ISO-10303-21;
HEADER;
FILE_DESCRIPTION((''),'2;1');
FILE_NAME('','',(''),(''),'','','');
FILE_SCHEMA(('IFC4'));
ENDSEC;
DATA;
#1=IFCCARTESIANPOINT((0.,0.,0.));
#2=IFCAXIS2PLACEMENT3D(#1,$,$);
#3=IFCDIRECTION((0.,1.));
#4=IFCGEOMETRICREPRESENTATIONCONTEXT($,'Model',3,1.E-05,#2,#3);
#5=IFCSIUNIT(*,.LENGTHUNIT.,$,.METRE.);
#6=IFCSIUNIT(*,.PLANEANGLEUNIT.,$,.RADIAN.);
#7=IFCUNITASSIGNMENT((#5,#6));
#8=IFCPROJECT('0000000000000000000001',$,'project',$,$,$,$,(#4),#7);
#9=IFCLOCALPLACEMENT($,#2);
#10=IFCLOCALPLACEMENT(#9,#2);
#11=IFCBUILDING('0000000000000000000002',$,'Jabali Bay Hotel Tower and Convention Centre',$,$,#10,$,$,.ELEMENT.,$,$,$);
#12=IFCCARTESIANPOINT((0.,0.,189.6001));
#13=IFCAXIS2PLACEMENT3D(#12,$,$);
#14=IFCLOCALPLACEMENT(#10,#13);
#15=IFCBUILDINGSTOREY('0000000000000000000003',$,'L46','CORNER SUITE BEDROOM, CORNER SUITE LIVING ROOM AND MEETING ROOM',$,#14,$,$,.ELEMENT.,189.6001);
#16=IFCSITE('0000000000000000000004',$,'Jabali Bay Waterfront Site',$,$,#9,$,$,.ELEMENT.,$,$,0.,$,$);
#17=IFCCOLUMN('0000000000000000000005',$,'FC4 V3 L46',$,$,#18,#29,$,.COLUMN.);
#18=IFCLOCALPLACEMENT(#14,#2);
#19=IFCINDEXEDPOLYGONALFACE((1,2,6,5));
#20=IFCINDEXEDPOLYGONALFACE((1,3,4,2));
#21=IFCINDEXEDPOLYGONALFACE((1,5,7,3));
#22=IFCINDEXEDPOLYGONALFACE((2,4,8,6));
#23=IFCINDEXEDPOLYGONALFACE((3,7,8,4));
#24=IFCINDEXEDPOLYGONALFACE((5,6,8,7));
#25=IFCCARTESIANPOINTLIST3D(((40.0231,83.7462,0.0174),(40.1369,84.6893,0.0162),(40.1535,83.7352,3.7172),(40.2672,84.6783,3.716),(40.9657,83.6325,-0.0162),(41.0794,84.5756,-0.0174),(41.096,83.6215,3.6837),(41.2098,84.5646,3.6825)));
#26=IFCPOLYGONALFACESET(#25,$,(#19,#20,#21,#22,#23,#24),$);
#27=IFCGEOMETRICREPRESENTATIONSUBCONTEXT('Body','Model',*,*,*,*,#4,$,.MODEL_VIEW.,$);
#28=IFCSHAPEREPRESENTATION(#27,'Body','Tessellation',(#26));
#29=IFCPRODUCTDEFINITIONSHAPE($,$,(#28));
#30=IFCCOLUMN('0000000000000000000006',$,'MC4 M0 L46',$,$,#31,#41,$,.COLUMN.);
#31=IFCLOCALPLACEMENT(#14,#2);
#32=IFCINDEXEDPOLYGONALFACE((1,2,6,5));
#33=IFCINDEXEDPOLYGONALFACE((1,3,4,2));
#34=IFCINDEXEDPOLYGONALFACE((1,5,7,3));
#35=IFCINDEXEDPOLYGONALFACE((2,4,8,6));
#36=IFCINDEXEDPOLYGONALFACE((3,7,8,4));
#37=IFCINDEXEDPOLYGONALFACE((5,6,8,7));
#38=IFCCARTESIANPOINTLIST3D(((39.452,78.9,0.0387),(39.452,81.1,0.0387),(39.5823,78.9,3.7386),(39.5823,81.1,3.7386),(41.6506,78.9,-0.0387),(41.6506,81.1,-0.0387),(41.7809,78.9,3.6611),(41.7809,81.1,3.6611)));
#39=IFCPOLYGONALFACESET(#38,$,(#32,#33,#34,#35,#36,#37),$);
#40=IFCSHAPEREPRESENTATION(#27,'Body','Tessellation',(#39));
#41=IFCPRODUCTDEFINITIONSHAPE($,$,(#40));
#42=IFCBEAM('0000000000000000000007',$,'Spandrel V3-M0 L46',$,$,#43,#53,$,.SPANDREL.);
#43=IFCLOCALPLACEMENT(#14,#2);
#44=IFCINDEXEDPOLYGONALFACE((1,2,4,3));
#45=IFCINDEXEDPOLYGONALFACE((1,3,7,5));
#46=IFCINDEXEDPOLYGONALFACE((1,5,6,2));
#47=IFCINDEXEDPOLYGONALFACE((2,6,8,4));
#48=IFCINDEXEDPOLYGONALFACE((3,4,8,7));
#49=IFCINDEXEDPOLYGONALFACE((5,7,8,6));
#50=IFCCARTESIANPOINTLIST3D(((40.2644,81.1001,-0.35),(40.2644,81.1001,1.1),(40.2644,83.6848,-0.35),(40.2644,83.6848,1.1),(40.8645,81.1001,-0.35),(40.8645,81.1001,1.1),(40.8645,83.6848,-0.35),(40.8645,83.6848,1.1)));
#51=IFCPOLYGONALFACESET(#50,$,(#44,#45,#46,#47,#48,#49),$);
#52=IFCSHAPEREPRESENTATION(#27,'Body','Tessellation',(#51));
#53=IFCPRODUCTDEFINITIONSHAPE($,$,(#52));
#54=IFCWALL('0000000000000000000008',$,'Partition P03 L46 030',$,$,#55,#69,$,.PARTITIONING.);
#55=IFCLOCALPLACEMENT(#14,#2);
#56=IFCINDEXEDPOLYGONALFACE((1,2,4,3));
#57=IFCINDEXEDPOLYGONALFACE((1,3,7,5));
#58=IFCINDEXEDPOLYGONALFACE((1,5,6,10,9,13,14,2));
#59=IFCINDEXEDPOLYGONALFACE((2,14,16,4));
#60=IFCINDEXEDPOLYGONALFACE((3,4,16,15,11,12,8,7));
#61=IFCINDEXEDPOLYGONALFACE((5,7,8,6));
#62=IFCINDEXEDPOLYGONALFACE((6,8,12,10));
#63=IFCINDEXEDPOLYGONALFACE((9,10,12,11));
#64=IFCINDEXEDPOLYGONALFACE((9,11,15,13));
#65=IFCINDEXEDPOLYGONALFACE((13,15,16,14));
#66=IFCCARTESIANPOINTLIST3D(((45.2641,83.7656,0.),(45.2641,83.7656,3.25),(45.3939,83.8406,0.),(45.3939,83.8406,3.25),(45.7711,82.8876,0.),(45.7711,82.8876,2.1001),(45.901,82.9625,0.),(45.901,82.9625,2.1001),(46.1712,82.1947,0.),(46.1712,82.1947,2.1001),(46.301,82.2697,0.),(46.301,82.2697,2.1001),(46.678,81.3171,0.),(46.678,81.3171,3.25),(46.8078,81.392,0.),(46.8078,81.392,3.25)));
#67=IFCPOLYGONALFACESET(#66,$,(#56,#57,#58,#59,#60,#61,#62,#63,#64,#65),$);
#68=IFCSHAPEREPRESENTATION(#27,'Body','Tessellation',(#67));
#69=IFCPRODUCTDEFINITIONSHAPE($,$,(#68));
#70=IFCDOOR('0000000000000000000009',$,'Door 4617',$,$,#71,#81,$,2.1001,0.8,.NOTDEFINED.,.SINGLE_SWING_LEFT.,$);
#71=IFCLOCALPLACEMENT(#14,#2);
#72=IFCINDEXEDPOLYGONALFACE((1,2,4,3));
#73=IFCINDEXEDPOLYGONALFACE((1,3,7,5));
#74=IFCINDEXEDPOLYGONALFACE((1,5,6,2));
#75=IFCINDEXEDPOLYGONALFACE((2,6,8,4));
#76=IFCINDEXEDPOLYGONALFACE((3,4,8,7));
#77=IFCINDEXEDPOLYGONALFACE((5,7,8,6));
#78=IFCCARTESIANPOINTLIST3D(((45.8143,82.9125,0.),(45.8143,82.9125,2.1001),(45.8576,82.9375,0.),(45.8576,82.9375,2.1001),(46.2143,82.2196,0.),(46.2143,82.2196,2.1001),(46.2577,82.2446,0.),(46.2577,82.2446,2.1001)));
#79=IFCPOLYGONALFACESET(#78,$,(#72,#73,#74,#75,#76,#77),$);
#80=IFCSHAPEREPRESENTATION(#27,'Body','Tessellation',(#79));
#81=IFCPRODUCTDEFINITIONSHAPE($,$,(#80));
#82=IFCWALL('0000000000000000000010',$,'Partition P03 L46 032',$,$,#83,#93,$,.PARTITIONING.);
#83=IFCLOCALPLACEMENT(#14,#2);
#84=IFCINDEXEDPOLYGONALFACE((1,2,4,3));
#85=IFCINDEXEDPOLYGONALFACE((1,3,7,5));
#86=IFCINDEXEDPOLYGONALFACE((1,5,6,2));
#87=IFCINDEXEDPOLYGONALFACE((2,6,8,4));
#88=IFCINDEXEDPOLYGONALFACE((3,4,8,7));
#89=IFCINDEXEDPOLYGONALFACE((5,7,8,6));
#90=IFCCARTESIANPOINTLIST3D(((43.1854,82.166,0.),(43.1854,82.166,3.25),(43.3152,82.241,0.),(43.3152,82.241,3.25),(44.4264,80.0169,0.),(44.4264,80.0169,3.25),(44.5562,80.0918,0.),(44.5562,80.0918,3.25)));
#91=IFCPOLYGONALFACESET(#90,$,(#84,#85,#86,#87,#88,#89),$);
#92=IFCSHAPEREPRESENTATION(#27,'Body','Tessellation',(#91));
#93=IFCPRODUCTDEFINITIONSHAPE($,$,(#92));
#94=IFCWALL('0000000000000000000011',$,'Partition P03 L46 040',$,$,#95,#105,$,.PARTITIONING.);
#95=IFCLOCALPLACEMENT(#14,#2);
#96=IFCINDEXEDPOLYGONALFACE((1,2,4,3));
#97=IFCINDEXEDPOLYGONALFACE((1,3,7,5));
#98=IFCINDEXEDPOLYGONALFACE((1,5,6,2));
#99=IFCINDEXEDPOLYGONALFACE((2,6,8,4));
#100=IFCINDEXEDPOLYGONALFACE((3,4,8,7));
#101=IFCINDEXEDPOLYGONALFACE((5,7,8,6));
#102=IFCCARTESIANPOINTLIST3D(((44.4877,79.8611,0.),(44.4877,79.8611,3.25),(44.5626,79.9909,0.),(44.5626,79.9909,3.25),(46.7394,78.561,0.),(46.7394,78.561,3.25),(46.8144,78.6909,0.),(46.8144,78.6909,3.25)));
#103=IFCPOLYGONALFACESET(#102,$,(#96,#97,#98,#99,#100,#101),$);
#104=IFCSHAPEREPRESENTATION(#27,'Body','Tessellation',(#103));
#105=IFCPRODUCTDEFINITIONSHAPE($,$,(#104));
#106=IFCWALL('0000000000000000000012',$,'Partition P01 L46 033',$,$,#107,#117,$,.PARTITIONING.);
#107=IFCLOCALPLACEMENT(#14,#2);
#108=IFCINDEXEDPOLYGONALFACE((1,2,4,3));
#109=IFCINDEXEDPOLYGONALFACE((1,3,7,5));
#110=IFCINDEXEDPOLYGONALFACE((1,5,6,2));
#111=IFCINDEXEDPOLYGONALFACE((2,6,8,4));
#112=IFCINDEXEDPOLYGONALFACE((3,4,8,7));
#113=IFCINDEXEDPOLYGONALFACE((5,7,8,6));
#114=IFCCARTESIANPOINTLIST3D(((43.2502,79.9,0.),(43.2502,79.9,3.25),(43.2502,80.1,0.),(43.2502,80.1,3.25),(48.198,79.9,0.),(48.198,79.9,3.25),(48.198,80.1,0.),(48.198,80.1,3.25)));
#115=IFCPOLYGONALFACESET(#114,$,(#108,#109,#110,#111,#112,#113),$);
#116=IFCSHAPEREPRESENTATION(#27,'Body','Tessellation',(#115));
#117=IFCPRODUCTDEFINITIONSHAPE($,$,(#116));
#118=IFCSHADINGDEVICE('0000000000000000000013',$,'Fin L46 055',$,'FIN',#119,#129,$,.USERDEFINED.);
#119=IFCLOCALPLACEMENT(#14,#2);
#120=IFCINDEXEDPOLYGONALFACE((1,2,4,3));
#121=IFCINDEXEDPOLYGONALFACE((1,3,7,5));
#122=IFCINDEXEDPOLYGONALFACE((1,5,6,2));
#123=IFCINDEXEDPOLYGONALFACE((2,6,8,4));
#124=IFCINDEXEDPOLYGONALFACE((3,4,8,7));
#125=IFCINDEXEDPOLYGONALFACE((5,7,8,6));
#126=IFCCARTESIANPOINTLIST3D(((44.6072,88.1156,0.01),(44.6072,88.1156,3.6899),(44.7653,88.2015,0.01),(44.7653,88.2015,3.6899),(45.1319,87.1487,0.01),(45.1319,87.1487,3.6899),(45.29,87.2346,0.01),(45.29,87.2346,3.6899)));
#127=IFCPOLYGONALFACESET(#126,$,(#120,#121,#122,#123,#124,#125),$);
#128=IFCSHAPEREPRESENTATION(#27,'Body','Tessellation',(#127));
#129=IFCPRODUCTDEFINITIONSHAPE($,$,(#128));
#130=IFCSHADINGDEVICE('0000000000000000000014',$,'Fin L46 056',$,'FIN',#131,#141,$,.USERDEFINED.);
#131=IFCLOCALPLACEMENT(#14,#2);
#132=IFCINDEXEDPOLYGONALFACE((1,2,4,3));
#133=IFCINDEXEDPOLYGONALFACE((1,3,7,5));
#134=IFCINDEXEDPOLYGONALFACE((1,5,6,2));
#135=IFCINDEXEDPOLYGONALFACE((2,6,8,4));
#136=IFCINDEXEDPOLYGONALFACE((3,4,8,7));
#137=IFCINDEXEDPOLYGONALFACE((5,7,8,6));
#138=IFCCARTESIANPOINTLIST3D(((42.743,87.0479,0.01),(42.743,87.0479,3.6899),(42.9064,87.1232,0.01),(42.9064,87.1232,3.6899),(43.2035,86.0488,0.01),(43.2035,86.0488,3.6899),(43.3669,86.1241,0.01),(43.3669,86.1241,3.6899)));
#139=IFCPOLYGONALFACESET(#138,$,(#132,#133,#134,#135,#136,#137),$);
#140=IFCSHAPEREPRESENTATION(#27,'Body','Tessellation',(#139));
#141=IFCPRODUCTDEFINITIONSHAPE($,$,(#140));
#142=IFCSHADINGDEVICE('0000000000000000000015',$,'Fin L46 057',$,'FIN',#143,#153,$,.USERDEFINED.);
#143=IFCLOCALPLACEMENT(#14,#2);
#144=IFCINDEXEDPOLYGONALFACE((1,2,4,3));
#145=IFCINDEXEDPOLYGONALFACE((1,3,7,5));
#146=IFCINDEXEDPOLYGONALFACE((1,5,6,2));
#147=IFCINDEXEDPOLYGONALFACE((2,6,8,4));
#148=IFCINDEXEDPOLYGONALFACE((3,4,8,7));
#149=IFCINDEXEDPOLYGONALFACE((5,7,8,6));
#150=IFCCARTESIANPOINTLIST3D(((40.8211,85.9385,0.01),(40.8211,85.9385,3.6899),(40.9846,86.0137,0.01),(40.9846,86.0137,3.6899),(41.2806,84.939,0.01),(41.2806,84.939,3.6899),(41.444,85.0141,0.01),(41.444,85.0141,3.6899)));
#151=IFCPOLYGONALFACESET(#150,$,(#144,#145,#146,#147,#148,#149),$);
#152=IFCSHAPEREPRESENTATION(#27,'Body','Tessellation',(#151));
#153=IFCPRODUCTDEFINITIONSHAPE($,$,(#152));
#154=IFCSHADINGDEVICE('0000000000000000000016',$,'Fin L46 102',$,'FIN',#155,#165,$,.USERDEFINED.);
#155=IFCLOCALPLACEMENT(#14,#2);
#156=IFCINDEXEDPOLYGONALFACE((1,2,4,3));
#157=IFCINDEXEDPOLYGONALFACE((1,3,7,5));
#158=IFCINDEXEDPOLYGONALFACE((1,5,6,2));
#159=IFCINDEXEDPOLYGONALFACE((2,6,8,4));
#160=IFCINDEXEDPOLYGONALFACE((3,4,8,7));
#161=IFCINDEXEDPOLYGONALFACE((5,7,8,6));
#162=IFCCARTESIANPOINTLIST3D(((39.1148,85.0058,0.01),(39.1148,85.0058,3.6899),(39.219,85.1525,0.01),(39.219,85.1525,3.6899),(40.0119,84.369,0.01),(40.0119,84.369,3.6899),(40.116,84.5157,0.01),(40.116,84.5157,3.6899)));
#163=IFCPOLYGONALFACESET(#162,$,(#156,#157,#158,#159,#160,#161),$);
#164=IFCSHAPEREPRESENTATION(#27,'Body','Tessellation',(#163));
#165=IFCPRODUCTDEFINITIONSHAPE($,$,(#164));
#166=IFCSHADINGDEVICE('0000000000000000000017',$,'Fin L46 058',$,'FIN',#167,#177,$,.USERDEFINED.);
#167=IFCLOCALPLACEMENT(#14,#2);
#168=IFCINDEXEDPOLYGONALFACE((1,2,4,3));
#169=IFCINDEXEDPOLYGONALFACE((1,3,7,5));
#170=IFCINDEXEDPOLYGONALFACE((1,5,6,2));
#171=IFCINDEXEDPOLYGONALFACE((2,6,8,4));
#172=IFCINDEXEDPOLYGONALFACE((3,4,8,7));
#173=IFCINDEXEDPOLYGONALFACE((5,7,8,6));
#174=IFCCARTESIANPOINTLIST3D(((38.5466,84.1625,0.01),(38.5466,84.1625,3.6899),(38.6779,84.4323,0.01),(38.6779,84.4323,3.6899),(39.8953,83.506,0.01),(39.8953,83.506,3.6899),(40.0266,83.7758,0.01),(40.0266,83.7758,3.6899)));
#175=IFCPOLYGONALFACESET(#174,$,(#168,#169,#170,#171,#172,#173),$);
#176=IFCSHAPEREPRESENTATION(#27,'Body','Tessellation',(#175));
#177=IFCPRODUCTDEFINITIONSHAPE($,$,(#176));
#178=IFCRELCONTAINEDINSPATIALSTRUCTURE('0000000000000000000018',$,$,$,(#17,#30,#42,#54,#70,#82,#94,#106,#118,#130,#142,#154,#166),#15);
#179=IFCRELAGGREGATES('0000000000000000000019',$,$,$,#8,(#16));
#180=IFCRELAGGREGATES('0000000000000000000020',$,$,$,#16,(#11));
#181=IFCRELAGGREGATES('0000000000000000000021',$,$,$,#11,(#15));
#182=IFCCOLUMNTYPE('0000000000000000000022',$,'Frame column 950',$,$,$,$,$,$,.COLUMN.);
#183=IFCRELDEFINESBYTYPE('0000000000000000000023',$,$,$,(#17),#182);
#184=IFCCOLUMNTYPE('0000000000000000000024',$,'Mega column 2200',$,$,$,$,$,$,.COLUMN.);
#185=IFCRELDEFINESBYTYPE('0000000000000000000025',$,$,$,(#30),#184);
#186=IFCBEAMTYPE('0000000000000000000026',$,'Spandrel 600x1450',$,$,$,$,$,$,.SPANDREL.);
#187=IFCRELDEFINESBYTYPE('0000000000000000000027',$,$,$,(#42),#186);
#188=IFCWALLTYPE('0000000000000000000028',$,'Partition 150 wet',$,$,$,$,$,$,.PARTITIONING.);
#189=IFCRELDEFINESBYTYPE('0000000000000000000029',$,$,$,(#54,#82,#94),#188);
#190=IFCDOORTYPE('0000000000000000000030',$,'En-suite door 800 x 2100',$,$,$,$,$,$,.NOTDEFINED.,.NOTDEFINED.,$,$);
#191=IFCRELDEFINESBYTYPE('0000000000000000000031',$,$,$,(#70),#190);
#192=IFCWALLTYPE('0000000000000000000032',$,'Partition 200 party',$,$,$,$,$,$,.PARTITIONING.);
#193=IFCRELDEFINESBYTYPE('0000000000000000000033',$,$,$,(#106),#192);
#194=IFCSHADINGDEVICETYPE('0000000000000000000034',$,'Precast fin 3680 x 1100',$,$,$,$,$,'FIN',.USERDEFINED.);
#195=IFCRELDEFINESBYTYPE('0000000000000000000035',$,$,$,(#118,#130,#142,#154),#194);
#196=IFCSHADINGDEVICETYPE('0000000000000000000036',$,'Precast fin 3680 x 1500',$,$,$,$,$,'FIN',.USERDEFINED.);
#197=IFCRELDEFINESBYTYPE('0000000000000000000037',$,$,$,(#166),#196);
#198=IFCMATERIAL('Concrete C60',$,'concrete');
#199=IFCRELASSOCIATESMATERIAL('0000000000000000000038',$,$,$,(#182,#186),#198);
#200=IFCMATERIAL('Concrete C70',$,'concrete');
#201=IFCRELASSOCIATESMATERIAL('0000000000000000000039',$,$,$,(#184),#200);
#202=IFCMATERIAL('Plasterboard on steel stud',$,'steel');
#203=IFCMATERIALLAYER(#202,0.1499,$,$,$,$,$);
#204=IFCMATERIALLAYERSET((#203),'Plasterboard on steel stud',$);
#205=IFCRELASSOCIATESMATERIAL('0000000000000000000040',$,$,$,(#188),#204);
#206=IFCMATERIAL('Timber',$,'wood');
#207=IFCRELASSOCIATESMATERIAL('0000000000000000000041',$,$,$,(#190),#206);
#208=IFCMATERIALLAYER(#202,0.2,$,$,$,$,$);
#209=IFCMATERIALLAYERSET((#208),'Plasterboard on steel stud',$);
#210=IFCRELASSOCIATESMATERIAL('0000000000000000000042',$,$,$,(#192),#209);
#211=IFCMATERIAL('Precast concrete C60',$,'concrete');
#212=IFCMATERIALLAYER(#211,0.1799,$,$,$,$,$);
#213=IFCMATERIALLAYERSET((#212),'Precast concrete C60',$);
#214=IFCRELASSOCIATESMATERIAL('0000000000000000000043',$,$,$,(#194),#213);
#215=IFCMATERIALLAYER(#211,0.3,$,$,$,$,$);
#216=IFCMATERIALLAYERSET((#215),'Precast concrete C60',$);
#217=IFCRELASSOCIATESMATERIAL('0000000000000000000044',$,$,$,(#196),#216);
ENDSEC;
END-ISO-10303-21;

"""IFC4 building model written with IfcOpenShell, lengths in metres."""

from ifc_helpers import new_model, si_unit, direction, frame, frame_2d, origin, origin_2d, place, context, subcontext, project, spatial, rectangle, extrude, material, layer, layer_set, material_profile, profile_set, type_object, element, fill, save


model = new_model("IFC4")

# Units and contexts
model_context = context("Model", 3, precision=1e-05, world=origin(), true_north=direction((0.0, 1.0)))
body_context = subcontext(model_context, "Body", "Model", "MODEL_VIEW")
ifc_project = project(units=[si_unit("LENGTHUNIT", "METRE"), si_unit("PLANEANGLEUNIT", "RADIAN")], contexts=[model_context])

# Site, building, storey
site_placement = place(None, origin())
site = spatial("IfcSite", under=ifc_project, at=site_placement, Name="Jabali Bay Waterfront Site", CompositionType="ELEMENT", RefElevation=0.0)
building_placement = place(site_placement, origin())
building = spatial("IfcBuilding", under=site, at=building_placement, Name="Jabali Bay Hotel Tower and Convention Centre", CompositionType="ELEMENT")
storey_placement = place(building_placement, frame((0.0, 0.0, 189.6001)))
storey = spatial("IfcBuildingStorey", under=building, at=storey_placement, Name="L46", Description="CORNER SUITE BEDROOM, CORNER SUITE LIVING ROOM AND MEETING ROOM", CompositionType="ELEMENT", Elevation=189.6001)

# Columns
ifc_material_1 = material(Name="Concrete C60", Category="concrete")
ifc_material_profile_1 = material_profile(ifc_material_1, rectangle(XDim=0.95, YDim=0.95, at=origin_2d()), Name="Frame column 950")
ifc_profile_set_1 = profile_set([ifc_material_profile_1], Name="Concrete C60")
column_type_1 = type_object("IfcColumnType", Name="Frame column 950", PredefinedType="COLUMN", material=ifc_profile_set_1)
column_1_placement = place(storey_placement, frame((40.5513, 84.1609, 0.0), z_axis=(0.035214, -0.002967, 0.999375), x_axis=(-0.992181, 0.119709, 0.035316)))
element("IfcColumn", 1, at=column_1_placement, inside=storey, type_object=column_type_1, Name="FC4 V3 L46", PredefinedType="COLUMN", context=body_context, shape_type="SweptSolid", body=[
    extrude(rectangle(XDim=0.95, YDim=0.95, at=origin_2d()), origin(), (0.0, 0.0, 1.0), 3.7021),
])
ifc_material_2 = material(Name="Concrete C70", Category="concrete")
ifc_material_profile_2 = material_profile(ifc_material_2, rectangle(XDim=2.2, YDim=2.2, at=origin_2d()), Name="Mega column 2200")
ifc_profile_set_2 = profile_set([ifc_material_profile_2], Name="Concrete C70")
column_type_2 = type_object("IfcColumnType", Name="Mega column 2200", PredefinedType="COLUMN", material=ifc_profile_set_2)
column_2_placement = place(storey_placement, frame((40.5513, 80.0, 0.0), z_axis=(0.035214, 0.0, 0.99938), x_axis=(0.0, 1.0, 0.0)))
element("IfcColumn", 2, at=column_2_placement, inside=storey, type_object=column_type_2, Name="MC4 M0 L46", PredefinedType="COLUMN", context=body_context, shape_type="SweptSolid", body=[
    extrude(rectangle(XDim=2.2, YDim=2.2, at=origin_2d()), origin(), (0.0, 0.0, 1.0), 3.7021),
])

# Beam
ifc_material_profile_3 = material_profile(ifc_material_1, rectangle(XDim=0.6001, YDim=1.45, at=origin_2d()), Name="Spandrel 600x1450")
ifc_profile_set_3 = profile_set([ifc_material_profile_3], Name="Concrete C60")
beam_type = type_object("IfcBeamType", Name="Spandrel 600x1450", PredefinedType="SPANDREL", material=ifc_profile_set_3)
beam_placement = place(storey_placement, frame((40.5645, 83.6848, 0.375), z_axis=(0.0, -1.0, 0.0), x_axis=(1.0, 0.0, 0.0)))
element("IfcBeam", 3, at=beam_placement, inside=storey, type_object=beam_type, Name="Spandrel V3-M0 L46", PredefinedType="SPANDREL", context=body_context, shape_type="SweptSolid", body=[
    extrude(rectangle(XDim=0.6001, YDim=1.45, at=origin_2d()), origin(), (0.0, 0.0, 1.0), 2.5847),
])

# Wall, opening, door
ifc_material_3 = material(Name="Plasterboard on steel stud", Category="steel")
ifc_layer_1 = layer(ifc_material_3, 0.1499)
ifc_layer_set_1 = layer_set([ifc_layer_1], Name="Plasterboard on steel stud")
wall_type_1 = type_object("IfcWallType", Name="Partition 150 wet", PredefinedType="PARTITIONING", material=ifc_layer_set_1)
wall_1_placement = place(storey_placement, frame((45.3291, 83.803, 0.0), z_axis=(0.0, 0.0, 1.0), x_axis=(0.500049, -0.865997, 0.0)))
wall_1 = element("IfcWall", 4, at=wall_1_placement, inside=storey, type_object=wall_type_1, Name="Partition P03 L46 030", PredefinedType="PARTITIONING", context=body_context, shape_type="SweptSolid", body=[
    extrude(rectangle(XDim=2.8274, YDim=0.1499, at=frame_2d((1.4136, 0.0))), origin(), (0.0, 0.0, 1.0), 3.25),
])
opening_1_placement = place(wall_1_placement, frame((1.0139, 0.0, 0.0)))
opening_1 = element("IfcOpeningElement", 5, at=opening_1_placement, cuts=wall_1, PredefinedType="OPENING", context=body_context, shape_type="SweptSolid", body=[
    extrude(rectangle(XDim=0.8, YDim=2.1001, at=frame_2d((0.3999, 1.05))), frame((0.0, 0.0854, 0.0), z_axis=(0.0, -1.0, 0.0), x_axis=(1.0, 0.0, 0.0)), (0.0, 0.0, 1.0), 0.1709),
])
ifc_material_4 = material(Name="Timber", Category="wood")
door_type_1 = type_object("IfcDoorType", Name="En-suite door 800 x 2100", OperationType="NOTDEFINED", PredefinedType="NOTDEFINED", material=ifc_material_4)
door_1_placement = place(opening_1_placement, origin())
door_1 = element("IfcDoor", 6, at=door_1_placement, inside=storey, type_object=door_type_1, Name="Door 4617", OperationType="SINGLE_SWING_LEFT", OverallHeight=2.1001, OverallWidth=0.8, PredefinedType="NOTDEFINED", context=body_context, shape_type="SweptSolid", body=[
    extrude(rectangle(XDim=0.8, YDim=2.1001, at=frame_2d((0.3999, 1.05))), frame((0.0, 0.0249, 0.0), z_axis=(0.0, -1.0, 0.0), x_axis=(1.0, 0.0, 0.0)), (0.0, 0.0, 1.0), 0.05),
])
fill(opening_1, door_1)

# Walls
wall_2_placement = place(storey_placement, frame((44.4912, 80.0544, 0.0), z_axis=(0.0, 0.0, 1.0), x_axis=(-0.500043, 0.866, 0.0)))
element("IfcWall", 7, at=wall_2_placement, inside=storey, type_object=wall_type_1, Name="Partition P03 L46 032", PredefinedType="PARTITIONING", context=body_context, shape_type="SweptSolid", body=[
    extrude(rectangle(XDim=2.4817, YDim=0.1499, at=frame_2d((1.2407, 0.0))), origin(), (0.0, 0.0, 1.0), 3.25),
])
wall_3_placement = place(storey_placement, frame((44.5251, 79.926, 0.0), z_axis=(0.0, 0.0, 1.0), x_axis=(0.866021, -0.500007, 0.0)))
element("IfcWall", 8, at=wall_3_placement, inside=storey, type_object=wall_type_1, Name="Partition P03 L46 040", PredefinedType="PARTITIONING", context=body_context, shape_type="SweptSolid", body=[
    extrude(rectangle(XDim=2.6001, YDim=0.1499, at=frame_2d((1.3, 0.0))), origin(), (0.0, 0.0, 1.0), 3.25),
])
ifc_layer_2 = layer(ifc_material_3, 0.2)
ifc_layer_set_2 = layer_set([ifc_layer_2], Name="Plasterboard on steel stud")
wall_type_2 = type_object("IfcWallType", Name="Partition 200 party", PredefinedType="PARTITIONING", material=ifc_layer_set_2)
wall_4_placement = place(storey_placement, frame((43.2502, 80.0, 0.0), z_axis=(0.0, 0.0, 1.0), x_axis=(1.0, 0.0, 0.0)))
element("IfcWall", 9, at=wall_4_placement, inside=storey, type_object=wall_type_2, Name="Partition P01 L46 033", PredefinedType="PARTITIONING", context=body_context, shape_type="SweptSolid", body=[
    extrude(rectangle(XDim=4.9478, YDim=0.2, at=frame_2d((2.4739, 0.0))), origin(), (0.0, 0.0, 1.0), 3.25),
])

# Shading devices
ifc_material_5 = material(Name="Precast concrete C60", Category="concrete")
ifc_layer_3 = layer(ifc_material_5, 0.1799)
ifc_layer_set_3 = layer_set([ifc_layer_3], Name="Precast concrete C60")
shading_device_type_1 = type_object("IfcShadingDeviceType", Name="Precast fin 3680 x 1100", ElementType="FIN", PredefinedType="USERDEFINED", material=ifc_layer_set_3)
for number, where, z_axis, x_axis, name in (
    (10, (45.2109, 87.1917, 0.01), (0.0, 0.0, 1.0), (-0.476969, 0.87892, 0.0), "Fin L46 055"),
    (11, (43.2852, 86.0864, 0.01), (0.0, 0.0, 1.0), (-0.41858, 0.90818, 0.0), "Fin L46 056"),
    (12, (41.3623, 84.9766, 0.01), (0.0, 0.0, 1.0), (-0.417678, 0.908595, 0.0), "Fin L46 057"),
    (13, (40.064, 84.4424, 0.01), (0.0, 0.0, 1.0), (-0.81544, 0.578842, 0.0), "Fin L46 102"),
):
    element("IfcShadingDevice", number, at=place(storey_placement, frame(where, z_axis=z_axis, x_axis=x_axis)), inside=storey, type_object=shading_device_type_1, Name=name, ObjectType="FIN", PredefinedType="USERDEFINED", context=body_context, shape_type="SweptSolid", body=[
        extrude(rectangle(XDim=1.1001, YDim=0.1799, at=frame_2d((0.55, 0.0))), origin(), (0.0, 0.0, 1.0), 3.6799),
    ])
ifc_layer_4 = layer(ifc_material_5, 0.3)
ifc_layer_set_4 = layer_set([ifc_layer_4], Name="Precast concrete C60")
shading_device_type_2 = type_object("IfcShadingDeviceType", Name="Precast fin 3680 x 1500", ElementType="FIN", PredefinedType="USERDEFINED", material=ifc_layer_set_4)
shading_device_1_placement = place(storey_placement, frame((39.9609, 83.6409, 0.01), z_axis=(0.0, 0.0, 1.0), x_axis=(-0.899129, 0.437683, 0.0)))
element("IfcShadingDevice", 14, at=shading_device_1_placement, inside=storey, type_object=shading_device_type_2, Name="Fin L46 058", ObjectType="FIN", PredefinedType="USERDEFINED", context=body_context, shape_type="SweptSolid", body=[
    extrude(rectangle(XDim=1.5, YDim=0.3, at=frame_2d((0.75, 0.0))), origin(), (0.0, 0.0, 1.0), 3.6799),
])

save(model, "model.ifc")
